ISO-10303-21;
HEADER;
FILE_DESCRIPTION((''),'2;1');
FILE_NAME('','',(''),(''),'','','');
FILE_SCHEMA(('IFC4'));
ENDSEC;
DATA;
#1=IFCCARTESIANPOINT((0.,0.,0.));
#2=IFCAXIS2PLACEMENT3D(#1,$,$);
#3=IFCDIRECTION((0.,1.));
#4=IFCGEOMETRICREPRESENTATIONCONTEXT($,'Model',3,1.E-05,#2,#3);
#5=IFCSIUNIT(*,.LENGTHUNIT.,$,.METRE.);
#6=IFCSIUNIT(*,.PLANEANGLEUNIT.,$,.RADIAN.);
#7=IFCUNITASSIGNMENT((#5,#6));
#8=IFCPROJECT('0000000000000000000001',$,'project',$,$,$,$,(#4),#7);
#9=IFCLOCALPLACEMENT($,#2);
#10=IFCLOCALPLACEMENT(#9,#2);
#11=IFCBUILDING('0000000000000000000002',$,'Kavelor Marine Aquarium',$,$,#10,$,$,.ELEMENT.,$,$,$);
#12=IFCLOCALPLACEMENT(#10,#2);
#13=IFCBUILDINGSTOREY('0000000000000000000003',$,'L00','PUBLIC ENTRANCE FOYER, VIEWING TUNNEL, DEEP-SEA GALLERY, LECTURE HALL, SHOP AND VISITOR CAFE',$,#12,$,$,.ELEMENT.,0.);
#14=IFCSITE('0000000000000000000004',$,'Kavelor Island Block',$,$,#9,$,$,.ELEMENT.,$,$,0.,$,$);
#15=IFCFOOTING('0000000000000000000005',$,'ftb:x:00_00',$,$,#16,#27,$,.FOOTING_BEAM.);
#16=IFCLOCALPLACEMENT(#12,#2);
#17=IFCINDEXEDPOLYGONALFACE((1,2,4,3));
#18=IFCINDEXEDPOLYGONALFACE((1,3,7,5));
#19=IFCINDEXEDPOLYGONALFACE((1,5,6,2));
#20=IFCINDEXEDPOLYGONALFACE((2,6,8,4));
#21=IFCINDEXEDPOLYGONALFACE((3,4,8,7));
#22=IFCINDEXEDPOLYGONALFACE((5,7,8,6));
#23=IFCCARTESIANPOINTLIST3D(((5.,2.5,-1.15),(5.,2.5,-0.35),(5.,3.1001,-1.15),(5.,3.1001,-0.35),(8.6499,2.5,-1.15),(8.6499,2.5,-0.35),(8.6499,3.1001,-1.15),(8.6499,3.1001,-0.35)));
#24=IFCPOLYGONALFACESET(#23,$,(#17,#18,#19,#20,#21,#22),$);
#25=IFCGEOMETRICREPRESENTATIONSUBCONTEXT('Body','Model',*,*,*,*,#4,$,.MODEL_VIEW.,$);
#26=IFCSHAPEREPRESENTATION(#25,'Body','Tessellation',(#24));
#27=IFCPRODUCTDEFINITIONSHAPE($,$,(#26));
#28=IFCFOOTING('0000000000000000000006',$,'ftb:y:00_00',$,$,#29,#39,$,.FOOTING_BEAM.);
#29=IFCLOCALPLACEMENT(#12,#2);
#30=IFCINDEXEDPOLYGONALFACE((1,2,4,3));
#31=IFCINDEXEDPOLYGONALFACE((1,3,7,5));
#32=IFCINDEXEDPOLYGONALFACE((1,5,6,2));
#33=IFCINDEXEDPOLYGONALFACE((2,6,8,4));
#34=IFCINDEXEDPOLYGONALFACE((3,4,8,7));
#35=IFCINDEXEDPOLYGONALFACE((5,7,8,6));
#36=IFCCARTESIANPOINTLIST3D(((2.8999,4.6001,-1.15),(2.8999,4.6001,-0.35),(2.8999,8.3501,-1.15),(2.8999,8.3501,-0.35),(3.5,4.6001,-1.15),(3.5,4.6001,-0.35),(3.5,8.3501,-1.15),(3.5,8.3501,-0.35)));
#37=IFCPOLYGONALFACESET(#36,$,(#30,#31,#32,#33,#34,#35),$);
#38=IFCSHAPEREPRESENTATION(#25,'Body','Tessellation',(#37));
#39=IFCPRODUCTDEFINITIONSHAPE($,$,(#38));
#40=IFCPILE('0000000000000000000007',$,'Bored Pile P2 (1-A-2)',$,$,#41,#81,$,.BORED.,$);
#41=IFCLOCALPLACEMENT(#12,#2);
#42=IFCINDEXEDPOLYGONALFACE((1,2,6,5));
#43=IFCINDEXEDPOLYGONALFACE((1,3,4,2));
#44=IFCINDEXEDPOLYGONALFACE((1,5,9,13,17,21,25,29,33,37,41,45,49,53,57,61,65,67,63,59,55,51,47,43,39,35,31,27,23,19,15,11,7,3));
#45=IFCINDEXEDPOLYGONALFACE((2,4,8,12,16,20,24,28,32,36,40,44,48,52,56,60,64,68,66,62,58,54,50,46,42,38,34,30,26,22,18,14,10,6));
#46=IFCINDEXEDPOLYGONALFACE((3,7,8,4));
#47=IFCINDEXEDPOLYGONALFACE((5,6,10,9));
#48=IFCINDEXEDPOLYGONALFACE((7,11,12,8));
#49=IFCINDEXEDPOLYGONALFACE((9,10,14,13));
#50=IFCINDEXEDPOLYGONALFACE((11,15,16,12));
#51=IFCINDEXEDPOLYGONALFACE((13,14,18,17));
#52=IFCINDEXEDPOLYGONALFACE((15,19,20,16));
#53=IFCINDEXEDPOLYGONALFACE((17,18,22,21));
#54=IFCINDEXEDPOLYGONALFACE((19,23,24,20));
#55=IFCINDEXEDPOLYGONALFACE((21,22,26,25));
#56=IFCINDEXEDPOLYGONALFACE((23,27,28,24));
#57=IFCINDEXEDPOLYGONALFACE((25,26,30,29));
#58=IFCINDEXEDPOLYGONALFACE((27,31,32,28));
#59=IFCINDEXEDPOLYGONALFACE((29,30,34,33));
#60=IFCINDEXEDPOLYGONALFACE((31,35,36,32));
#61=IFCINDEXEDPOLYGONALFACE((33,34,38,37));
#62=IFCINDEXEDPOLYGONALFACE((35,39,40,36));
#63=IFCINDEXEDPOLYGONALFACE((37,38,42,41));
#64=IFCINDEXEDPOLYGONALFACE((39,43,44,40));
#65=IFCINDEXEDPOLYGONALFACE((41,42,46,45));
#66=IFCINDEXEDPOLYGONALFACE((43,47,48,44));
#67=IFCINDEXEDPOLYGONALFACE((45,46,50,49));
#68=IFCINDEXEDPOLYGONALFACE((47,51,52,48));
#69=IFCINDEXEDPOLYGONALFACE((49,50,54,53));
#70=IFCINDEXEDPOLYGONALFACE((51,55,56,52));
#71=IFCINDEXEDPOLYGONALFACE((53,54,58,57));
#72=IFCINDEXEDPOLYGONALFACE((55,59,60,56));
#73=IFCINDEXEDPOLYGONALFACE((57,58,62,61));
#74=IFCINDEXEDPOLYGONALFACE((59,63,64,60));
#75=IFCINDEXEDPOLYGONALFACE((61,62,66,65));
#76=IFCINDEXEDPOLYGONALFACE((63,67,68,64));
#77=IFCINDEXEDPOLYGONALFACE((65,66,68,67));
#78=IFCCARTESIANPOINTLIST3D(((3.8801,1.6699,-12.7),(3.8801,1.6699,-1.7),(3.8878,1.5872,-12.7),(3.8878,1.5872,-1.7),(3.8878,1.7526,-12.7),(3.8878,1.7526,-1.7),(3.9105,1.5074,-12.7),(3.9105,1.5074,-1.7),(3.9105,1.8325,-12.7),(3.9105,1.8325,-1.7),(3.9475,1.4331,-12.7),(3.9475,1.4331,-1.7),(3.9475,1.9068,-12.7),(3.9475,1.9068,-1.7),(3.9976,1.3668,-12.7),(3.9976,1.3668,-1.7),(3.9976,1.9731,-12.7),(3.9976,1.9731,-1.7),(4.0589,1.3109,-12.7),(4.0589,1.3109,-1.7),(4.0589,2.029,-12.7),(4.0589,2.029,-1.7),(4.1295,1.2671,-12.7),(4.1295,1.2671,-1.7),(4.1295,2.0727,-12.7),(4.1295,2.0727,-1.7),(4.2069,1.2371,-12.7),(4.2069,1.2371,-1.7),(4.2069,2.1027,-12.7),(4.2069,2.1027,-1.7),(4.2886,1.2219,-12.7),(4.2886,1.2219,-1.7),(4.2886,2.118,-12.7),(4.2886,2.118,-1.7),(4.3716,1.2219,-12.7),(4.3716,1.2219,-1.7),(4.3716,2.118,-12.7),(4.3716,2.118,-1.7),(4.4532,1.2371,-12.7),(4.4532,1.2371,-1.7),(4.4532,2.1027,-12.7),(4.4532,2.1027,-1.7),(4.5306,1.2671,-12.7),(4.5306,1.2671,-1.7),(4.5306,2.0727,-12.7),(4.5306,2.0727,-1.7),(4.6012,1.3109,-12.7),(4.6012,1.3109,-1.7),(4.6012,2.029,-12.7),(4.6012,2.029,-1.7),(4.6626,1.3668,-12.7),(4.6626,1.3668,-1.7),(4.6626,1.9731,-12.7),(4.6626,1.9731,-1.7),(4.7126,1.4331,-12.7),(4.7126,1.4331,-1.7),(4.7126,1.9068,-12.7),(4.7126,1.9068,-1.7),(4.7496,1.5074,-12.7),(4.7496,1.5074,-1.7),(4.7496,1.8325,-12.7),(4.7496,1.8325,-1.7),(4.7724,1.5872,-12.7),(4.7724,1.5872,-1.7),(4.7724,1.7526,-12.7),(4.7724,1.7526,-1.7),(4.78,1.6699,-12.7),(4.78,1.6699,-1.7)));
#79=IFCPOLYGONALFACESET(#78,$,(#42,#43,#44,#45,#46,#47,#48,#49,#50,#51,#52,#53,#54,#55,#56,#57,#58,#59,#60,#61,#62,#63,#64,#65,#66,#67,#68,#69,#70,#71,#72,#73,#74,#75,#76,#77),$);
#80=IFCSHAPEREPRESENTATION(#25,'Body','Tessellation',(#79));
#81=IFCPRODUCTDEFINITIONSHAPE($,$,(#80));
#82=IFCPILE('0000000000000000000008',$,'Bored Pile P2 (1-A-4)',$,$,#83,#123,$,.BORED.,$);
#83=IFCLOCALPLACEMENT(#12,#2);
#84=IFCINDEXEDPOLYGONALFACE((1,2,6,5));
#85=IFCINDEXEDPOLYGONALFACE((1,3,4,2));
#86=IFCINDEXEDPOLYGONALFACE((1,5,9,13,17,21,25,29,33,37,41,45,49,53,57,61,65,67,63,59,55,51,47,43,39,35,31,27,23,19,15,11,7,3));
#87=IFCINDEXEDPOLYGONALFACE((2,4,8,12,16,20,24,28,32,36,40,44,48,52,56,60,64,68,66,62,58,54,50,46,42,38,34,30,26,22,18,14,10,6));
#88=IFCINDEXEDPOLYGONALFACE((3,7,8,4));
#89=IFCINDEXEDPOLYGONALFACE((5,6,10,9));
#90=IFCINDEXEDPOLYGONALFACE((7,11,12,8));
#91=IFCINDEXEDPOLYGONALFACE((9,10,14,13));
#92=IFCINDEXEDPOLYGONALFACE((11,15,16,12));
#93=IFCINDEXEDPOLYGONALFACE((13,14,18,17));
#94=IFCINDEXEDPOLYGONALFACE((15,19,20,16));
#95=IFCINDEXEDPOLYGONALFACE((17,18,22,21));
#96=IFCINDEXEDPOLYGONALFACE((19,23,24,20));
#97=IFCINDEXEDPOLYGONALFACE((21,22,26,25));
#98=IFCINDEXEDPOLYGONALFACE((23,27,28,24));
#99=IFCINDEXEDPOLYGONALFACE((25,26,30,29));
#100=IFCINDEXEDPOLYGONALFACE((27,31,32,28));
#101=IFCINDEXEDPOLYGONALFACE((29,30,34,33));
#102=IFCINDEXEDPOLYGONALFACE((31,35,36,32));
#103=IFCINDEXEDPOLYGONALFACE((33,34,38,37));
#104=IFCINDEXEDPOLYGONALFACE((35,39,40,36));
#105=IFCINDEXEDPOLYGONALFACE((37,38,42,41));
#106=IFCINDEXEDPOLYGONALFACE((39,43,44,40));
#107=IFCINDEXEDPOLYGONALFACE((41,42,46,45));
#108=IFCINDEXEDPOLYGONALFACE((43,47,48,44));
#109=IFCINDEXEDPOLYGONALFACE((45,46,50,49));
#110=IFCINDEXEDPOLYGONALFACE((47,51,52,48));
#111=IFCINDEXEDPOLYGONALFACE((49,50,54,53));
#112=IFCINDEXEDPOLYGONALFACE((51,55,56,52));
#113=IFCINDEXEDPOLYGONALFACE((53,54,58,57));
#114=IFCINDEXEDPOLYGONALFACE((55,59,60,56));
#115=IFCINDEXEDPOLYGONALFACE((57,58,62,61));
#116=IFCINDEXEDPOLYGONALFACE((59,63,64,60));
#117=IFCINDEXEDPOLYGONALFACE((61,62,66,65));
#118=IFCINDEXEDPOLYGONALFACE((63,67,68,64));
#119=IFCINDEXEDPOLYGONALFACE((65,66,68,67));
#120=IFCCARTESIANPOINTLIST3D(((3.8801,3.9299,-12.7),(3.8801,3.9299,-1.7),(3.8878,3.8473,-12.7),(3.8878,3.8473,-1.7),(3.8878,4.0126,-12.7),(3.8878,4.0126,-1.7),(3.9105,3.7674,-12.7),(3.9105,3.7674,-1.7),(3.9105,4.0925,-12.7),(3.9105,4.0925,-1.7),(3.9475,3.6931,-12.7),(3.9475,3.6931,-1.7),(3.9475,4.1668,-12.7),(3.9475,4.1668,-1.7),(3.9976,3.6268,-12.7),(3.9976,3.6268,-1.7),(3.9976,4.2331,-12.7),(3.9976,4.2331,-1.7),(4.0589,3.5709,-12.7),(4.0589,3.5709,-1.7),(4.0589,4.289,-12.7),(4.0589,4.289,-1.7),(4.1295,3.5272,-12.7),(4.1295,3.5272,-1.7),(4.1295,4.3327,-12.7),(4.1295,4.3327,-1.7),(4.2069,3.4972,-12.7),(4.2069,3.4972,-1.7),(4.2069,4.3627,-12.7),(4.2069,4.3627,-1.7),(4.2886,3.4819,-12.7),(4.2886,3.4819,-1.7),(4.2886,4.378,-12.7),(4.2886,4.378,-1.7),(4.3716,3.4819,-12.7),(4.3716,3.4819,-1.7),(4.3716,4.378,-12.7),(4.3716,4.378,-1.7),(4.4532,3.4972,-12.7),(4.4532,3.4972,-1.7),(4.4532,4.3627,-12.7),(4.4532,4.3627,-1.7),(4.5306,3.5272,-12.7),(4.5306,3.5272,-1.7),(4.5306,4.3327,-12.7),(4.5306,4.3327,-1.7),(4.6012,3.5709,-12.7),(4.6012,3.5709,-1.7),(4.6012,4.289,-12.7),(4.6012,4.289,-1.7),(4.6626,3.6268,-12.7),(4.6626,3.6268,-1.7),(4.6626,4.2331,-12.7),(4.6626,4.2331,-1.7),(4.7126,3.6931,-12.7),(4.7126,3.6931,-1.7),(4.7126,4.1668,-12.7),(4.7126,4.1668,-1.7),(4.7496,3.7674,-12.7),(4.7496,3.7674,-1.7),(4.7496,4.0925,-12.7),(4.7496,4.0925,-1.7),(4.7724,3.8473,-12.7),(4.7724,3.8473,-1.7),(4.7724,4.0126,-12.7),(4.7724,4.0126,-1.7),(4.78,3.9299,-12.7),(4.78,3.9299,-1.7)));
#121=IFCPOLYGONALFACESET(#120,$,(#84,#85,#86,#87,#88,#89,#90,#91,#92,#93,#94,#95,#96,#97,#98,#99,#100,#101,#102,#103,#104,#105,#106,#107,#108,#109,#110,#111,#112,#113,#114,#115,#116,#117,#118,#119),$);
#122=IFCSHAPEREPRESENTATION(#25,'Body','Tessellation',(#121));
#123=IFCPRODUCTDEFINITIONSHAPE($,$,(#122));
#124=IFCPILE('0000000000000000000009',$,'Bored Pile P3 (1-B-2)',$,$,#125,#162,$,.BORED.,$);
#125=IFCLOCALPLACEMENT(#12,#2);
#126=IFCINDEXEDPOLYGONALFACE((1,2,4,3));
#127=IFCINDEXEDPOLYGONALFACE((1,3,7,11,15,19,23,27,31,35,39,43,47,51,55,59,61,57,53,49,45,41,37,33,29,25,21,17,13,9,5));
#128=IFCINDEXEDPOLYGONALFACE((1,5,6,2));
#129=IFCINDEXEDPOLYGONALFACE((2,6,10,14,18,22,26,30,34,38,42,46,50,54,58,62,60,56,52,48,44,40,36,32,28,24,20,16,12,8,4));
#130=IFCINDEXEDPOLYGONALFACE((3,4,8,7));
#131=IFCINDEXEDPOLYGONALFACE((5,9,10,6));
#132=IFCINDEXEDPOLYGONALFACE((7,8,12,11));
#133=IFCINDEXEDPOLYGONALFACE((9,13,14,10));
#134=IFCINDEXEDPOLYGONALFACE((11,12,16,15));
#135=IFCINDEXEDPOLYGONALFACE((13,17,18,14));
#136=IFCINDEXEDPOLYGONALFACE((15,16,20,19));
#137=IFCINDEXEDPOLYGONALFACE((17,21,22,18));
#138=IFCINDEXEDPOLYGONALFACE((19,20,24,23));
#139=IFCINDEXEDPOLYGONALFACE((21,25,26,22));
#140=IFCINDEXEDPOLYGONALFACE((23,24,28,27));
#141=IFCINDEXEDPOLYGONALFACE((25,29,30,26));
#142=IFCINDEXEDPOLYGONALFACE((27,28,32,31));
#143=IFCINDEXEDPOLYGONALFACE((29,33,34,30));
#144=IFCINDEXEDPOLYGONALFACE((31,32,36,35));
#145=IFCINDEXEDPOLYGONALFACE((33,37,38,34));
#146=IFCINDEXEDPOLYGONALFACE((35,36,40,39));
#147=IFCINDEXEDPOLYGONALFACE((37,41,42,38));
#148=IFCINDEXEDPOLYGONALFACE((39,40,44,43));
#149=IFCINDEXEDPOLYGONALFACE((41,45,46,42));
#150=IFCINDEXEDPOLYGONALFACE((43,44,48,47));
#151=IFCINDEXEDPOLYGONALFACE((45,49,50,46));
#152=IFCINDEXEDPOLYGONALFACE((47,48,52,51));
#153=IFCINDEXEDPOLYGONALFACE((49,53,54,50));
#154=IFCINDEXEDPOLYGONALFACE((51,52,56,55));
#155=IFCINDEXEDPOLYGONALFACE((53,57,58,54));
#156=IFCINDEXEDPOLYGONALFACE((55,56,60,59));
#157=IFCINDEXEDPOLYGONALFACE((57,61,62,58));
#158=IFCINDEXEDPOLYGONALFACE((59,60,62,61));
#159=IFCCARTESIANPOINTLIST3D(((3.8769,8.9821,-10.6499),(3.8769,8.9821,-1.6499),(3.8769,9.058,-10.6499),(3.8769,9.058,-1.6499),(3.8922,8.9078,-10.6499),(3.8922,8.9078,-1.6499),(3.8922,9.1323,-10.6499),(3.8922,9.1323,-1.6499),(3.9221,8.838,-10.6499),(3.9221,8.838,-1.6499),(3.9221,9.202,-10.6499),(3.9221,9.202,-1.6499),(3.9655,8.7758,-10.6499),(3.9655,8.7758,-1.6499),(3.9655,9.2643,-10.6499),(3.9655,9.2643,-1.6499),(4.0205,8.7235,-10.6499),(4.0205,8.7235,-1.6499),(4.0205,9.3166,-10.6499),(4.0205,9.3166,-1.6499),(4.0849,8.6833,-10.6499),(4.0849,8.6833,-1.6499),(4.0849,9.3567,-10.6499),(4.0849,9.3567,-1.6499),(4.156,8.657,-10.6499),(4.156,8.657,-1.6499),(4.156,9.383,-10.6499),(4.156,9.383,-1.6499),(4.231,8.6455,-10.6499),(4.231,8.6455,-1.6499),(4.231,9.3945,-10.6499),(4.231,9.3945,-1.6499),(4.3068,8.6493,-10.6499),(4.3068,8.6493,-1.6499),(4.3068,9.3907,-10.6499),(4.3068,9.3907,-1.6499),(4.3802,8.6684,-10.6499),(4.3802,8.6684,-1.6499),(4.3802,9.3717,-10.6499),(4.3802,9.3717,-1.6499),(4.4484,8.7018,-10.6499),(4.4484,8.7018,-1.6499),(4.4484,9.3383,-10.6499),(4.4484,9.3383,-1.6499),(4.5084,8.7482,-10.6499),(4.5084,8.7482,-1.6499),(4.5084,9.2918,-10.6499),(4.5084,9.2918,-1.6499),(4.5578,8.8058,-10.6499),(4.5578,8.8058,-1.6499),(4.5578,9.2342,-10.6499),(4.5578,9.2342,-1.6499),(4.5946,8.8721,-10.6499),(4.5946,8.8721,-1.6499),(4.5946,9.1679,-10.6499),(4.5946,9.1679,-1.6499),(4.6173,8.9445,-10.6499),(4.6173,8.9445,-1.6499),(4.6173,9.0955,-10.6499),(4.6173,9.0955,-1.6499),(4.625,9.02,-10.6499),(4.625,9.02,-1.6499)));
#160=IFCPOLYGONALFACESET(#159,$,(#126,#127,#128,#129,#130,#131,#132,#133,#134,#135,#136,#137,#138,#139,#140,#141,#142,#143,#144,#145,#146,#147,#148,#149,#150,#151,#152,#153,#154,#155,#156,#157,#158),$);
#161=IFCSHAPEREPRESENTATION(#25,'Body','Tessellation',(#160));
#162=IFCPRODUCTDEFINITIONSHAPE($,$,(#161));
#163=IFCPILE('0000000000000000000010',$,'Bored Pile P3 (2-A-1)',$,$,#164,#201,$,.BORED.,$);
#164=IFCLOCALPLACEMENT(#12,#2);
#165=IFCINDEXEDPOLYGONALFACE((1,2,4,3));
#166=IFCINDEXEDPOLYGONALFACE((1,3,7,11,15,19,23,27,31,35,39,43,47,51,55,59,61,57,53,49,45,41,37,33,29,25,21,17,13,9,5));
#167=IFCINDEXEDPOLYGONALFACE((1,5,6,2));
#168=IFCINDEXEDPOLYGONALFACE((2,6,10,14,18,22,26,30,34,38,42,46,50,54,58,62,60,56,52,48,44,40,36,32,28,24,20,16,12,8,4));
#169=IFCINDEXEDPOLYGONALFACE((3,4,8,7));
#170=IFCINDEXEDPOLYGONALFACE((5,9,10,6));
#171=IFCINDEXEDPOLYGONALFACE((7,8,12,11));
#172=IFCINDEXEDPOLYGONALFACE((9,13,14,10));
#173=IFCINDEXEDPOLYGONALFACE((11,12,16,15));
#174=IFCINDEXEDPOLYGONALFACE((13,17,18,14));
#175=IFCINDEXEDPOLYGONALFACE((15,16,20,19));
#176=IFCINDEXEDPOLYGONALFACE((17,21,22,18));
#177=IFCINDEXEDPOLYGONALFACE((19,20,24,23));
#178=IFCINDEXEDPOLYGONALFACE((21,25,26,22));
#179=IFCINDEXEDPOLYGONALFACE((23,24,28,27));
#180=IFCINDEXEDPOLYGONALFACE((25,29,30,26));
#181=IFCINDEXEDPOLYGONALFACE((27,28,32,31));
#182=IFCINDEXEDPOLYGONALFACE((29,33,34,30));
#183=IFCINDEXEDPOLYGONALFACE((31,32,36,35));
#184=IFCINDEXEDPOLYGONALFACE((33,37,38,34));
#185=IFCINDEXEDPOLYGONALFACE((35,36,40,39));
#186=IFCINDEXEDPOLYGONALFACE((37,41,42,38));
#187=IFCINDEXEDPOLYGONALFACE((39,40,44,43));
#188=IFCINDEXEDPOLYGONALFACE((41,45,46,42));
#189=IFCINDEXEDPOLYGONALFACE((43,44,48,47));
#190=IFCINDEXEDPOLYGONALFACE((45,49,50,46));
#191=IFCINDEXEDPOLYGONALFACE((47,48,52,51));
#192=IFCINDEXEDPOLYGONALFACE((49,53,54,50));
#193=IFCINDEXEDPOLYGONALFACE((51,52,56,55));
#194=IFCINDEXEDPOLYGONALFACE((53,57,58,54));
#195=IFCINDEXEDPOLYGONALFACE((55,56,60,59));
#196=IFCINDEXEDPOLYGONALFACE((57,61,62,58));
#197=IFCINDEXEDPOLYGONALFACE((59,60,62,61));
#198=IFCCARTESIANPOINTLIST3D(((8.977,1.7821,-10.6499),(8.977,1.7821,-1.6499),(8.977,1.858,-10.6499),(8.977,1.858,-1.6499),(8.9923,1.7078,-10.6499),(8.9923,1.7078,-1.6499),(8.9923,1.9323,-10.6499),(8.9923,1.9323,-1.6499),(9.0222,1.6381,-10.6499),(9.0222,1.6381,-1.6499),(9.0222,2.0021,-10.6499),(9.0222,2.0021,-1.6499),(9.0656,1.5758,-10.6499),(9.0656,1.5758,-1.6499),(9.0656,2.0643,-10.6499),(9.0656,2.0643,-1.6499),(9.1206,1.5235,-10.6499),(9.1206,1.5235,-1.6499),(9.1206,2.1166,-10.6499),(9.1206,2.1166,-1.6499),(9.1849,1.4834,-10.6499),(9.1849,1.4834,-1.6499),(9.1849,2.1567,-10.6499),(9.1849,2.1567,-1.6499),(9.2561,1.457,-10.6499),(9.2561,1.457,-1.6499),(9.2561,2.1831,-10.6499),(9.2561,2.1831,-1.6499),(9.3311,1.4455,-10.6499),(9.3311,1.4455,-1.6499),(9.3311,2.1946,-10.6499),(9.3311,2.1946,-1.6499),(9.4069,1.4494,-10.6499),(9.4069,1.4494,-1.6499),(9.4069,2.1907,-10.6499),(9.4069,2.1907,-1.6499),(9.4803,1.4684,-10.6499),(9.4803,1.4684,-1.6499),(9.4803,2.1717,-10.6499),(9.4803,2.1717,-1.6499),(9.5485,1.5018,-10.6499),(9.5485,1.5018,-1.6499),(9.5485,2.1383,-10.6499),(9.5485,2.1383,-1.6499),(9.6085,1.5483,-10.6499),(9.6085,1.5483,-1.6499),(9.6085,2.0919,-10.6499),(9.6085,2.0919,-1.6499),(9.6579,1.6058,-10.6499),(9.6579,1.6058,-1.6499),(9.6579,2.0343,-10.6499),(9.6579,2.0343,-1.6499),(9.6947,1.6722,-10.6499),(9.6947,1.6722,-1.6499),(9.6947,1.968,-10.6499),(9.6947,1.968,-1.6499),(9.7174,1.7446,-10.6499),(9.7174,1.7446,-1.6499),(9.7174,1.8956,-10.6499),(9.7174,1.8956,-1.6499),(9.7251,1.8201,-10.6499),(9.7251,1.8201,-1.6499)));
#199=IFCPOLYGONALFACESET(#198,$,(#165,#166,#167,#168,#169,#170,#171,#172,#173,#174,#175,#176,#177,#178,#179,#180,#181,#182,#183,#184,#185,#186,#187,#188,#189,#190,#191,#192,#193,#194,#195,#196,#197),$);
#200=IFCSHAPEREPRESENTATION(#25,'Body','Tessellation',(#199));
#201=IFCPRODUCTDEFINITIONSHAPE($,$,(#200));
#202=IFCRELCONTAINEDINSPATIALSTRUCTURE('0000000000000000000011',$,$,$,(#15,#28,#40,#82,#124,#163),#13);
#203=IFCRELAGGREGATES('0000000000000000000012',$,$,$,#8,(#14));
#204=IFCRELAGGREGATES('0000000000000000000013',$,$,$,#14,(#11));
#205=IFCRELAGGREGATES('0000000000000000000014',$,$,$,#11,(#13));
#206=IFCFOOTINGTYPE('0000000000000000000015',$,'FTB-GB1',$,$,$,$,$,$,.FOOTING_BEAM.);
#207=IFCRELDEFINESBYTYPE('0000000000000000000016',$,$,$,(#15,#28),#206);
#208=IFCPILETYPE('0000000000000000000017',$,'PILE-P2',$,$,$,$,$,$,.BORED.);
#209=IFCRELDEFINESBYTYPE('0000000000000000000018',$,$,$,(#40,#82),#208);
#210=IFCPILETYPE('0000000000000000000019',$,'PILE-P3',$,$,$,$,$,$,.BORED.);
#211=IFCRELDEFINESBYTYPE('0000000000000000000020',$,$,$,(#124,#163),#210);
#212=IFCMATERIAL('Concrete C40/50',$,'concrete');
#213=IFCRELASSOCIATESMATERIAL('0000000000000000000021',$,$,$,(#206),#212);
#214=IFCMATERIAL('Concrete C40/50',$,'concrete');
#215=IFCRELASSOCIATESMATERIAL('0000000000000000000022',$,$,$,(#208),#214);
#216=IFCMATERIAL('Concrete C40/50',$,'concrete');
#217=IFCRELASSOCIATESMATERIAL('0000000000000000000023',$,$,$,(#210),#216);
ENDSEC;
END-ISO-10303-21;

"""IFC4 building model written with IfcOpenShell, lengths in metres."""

from ifc_helpers import new_model, si_unit, direction, frame, origin, origin_2d, place, context, subcontext, project, spatial, rectangle, circle, extrude, material, material_profile, profile_set, type_object, element, save


model = new_model("IFC4")

# Units and contexts
model_context = context("Model", 3, precision=1e-05, world=origin(), true_north=direction((0.0, 1.0)))
body_context = subcontext(model_context, "Body", "Model", "MODEL_VIEW")
ifc_project = project(units=[si_unit("LENGTHUNIT", "METRE"), si_unit("PLANEANGLEUNIT", "RADIAN")], contexts=[model_context])

# Site, building, storey
site_placement = place(None, origin())
site = spatial("IfcSite", under=ifc_project, at=site_placement, Name="Kavelor Island Block", CompositionType="ELEMENT", RefElevation=0.0)
building_placement = place(site_placement, origin())
building = spatial("IfcBuilding", under=site, at=building_placement, Name="Kavelor Marine Aquarium", CompositionType="ELEMENT")
storey_placement = place(building_placement, origin())
storey = spatial("IfcBuildingStorey", under=building, at=storey_placement, Name="L00", Description="PUBLIC ENTRANCE FOYER, VIEWING TUNNEL, DEEP-SEA GALLERY, LECTURE HALL, SHOP AND VISITOR CAFE", CompositionType="ELEMENT", Elevation=0.0)

# Footings
ifc_material_1 = material(Name="Concrete C40/50", Category="concrete")
ifc_material_profile_1 = material_profile(ifc_material_1, rectangle(XDim=0.6001, YDim=0.8, at=origin_2d()), Name="GB 600x800")
ifc_profile_set_1 = profile_set([ifc_material_profile_1], Name="Concrete C40/50")
footing_type = type_object("IfcFootingType", Name="FTB-GB1", PredefinedType="FOOTING_BEAM", material=ifc_profile_set_1)
footing_1_placement = place(storey_placement, frame((5.0, 2.8, -0.75), z_axis=(1.0, 0.0, 0.0), x_axis=(0.0, 1.0, 0.0)))
element("IfcFooting", 1, at=footing_1_placement, inside=storey, type_object=footing_type, Name="ftb:x:00_00", PredefinedType="FOOTING_BEAM", context=body_context, shape_type="SweptSolid", body=[
    extrude(rectangle(XDim=0.6001, YDim=0.8, at=origin_2d()), origin(), (0.0, 0.0, 1.0), 3.6499),
])
footing_2_placement = place(storey_placement, frame((3.2, 4.6001, -0.75), z_axis=(0.0, 1.0, 0.0), x_axis=(-1.0, 0.0, 0.0)))
element("IfcFooting", 2, at=footing_2_placement, inside=storey, type_object=footing_type, Name="ftb:y:00_00", PredefinedType="FOOTING_BEAM", context=body_context, shape_type="SweptSolid", body=[
    extrude(rectangle(XDim=0.6001, YDim=0.8, at=origin_2d()), origin(), (0.0, 0.0, 1.0), 3.75),
])

# Piles
ifc_material_2 = material(Name="Concrete C40/50", Category="concrete")
ifc_material_profile_2 = material_profile(ifc_material_2, circle(Radius=0.45, at=origin_2d()), Name="PILE D900")
ifc_profile_set_2 = profile_set([ifc_material_profile_2], Name="Concrete C40/50")
pile_type_1 = type_object("IfcPileType", Name="PILE-P2", PredefinedType="BORED", material=ifc_profile_set_2)
for number, where, z_axis, x_axis, name in (
    (3, (4.3301, 1.6699, -1.7), (0.0, 0.0, -1.0), (1.0, 0.0, 0.0), "Bored Pile P2 (1-A-2)"),
    (4, (4.3301, 3.9299, -1.7), (0.0, 0.0, -1.0), (1.0, 0.0, 0.0), "Bored Pile P2 (1-A-4)"),
):
    element("IfcPile", number, at=place(storey_placement, frame(where, z_axis=z_axis, x_axis=x_axis)), inside=storey, type_object=pile_type_1, Name=name, PredefinedType="BORED", context=body_context, shape_type="SweptSolid", body=[
        extrude(circle(Radius=0.45, at=origin_2d()), origin(), (0.0, 0.0, 1.0), 11.0),
    ])
ifc_material_3 = material(Name="Concrete C40/50", Category="concrete")
ifc_material_profile_3 = material_profile(ifc_material_3, circle(Radius=0.375, at=origin_2d()), Name="PILE D750")
ifc_profile_set_3 = profile_set([ifc_material_profile_3], Name="Concrete C40/50")
pile_type_2 = type_object("IfcPileType", Name="PILE-P3", PredefinedType="BORED", material=ifc_profile_set_3)
for number, where, z_axis, x_axis, name in (
    (5, (4.25, 9.02, -1.6499), (0.0, 0.0, -1.0), (1.0, 0.0, 0.0), "Bored Pile P3 (1-B-2)"),
    (6, (9.3501, 1.8201, -1.6499), (0.0, 0.0, -1.0), (1.0, 0.0, 0.0), "Bored Pile P3 (2-A-1)"),
):
    element("IfcPile", number, at=place(storey_placement, frame(where, z_axis=z_axis, x_axis=x_axis)), inside=storey, type_object=pile_type_2, Name=name, PredefinedType="BORED", context=body_context, shape_type="SweptSolid", body=[
        extrude(circle(Radius=0.375, at=origin_2d()), origin(), (0.0, 0.0, 1.0), 9.0),
    ])

save(model, "model.ifc")
